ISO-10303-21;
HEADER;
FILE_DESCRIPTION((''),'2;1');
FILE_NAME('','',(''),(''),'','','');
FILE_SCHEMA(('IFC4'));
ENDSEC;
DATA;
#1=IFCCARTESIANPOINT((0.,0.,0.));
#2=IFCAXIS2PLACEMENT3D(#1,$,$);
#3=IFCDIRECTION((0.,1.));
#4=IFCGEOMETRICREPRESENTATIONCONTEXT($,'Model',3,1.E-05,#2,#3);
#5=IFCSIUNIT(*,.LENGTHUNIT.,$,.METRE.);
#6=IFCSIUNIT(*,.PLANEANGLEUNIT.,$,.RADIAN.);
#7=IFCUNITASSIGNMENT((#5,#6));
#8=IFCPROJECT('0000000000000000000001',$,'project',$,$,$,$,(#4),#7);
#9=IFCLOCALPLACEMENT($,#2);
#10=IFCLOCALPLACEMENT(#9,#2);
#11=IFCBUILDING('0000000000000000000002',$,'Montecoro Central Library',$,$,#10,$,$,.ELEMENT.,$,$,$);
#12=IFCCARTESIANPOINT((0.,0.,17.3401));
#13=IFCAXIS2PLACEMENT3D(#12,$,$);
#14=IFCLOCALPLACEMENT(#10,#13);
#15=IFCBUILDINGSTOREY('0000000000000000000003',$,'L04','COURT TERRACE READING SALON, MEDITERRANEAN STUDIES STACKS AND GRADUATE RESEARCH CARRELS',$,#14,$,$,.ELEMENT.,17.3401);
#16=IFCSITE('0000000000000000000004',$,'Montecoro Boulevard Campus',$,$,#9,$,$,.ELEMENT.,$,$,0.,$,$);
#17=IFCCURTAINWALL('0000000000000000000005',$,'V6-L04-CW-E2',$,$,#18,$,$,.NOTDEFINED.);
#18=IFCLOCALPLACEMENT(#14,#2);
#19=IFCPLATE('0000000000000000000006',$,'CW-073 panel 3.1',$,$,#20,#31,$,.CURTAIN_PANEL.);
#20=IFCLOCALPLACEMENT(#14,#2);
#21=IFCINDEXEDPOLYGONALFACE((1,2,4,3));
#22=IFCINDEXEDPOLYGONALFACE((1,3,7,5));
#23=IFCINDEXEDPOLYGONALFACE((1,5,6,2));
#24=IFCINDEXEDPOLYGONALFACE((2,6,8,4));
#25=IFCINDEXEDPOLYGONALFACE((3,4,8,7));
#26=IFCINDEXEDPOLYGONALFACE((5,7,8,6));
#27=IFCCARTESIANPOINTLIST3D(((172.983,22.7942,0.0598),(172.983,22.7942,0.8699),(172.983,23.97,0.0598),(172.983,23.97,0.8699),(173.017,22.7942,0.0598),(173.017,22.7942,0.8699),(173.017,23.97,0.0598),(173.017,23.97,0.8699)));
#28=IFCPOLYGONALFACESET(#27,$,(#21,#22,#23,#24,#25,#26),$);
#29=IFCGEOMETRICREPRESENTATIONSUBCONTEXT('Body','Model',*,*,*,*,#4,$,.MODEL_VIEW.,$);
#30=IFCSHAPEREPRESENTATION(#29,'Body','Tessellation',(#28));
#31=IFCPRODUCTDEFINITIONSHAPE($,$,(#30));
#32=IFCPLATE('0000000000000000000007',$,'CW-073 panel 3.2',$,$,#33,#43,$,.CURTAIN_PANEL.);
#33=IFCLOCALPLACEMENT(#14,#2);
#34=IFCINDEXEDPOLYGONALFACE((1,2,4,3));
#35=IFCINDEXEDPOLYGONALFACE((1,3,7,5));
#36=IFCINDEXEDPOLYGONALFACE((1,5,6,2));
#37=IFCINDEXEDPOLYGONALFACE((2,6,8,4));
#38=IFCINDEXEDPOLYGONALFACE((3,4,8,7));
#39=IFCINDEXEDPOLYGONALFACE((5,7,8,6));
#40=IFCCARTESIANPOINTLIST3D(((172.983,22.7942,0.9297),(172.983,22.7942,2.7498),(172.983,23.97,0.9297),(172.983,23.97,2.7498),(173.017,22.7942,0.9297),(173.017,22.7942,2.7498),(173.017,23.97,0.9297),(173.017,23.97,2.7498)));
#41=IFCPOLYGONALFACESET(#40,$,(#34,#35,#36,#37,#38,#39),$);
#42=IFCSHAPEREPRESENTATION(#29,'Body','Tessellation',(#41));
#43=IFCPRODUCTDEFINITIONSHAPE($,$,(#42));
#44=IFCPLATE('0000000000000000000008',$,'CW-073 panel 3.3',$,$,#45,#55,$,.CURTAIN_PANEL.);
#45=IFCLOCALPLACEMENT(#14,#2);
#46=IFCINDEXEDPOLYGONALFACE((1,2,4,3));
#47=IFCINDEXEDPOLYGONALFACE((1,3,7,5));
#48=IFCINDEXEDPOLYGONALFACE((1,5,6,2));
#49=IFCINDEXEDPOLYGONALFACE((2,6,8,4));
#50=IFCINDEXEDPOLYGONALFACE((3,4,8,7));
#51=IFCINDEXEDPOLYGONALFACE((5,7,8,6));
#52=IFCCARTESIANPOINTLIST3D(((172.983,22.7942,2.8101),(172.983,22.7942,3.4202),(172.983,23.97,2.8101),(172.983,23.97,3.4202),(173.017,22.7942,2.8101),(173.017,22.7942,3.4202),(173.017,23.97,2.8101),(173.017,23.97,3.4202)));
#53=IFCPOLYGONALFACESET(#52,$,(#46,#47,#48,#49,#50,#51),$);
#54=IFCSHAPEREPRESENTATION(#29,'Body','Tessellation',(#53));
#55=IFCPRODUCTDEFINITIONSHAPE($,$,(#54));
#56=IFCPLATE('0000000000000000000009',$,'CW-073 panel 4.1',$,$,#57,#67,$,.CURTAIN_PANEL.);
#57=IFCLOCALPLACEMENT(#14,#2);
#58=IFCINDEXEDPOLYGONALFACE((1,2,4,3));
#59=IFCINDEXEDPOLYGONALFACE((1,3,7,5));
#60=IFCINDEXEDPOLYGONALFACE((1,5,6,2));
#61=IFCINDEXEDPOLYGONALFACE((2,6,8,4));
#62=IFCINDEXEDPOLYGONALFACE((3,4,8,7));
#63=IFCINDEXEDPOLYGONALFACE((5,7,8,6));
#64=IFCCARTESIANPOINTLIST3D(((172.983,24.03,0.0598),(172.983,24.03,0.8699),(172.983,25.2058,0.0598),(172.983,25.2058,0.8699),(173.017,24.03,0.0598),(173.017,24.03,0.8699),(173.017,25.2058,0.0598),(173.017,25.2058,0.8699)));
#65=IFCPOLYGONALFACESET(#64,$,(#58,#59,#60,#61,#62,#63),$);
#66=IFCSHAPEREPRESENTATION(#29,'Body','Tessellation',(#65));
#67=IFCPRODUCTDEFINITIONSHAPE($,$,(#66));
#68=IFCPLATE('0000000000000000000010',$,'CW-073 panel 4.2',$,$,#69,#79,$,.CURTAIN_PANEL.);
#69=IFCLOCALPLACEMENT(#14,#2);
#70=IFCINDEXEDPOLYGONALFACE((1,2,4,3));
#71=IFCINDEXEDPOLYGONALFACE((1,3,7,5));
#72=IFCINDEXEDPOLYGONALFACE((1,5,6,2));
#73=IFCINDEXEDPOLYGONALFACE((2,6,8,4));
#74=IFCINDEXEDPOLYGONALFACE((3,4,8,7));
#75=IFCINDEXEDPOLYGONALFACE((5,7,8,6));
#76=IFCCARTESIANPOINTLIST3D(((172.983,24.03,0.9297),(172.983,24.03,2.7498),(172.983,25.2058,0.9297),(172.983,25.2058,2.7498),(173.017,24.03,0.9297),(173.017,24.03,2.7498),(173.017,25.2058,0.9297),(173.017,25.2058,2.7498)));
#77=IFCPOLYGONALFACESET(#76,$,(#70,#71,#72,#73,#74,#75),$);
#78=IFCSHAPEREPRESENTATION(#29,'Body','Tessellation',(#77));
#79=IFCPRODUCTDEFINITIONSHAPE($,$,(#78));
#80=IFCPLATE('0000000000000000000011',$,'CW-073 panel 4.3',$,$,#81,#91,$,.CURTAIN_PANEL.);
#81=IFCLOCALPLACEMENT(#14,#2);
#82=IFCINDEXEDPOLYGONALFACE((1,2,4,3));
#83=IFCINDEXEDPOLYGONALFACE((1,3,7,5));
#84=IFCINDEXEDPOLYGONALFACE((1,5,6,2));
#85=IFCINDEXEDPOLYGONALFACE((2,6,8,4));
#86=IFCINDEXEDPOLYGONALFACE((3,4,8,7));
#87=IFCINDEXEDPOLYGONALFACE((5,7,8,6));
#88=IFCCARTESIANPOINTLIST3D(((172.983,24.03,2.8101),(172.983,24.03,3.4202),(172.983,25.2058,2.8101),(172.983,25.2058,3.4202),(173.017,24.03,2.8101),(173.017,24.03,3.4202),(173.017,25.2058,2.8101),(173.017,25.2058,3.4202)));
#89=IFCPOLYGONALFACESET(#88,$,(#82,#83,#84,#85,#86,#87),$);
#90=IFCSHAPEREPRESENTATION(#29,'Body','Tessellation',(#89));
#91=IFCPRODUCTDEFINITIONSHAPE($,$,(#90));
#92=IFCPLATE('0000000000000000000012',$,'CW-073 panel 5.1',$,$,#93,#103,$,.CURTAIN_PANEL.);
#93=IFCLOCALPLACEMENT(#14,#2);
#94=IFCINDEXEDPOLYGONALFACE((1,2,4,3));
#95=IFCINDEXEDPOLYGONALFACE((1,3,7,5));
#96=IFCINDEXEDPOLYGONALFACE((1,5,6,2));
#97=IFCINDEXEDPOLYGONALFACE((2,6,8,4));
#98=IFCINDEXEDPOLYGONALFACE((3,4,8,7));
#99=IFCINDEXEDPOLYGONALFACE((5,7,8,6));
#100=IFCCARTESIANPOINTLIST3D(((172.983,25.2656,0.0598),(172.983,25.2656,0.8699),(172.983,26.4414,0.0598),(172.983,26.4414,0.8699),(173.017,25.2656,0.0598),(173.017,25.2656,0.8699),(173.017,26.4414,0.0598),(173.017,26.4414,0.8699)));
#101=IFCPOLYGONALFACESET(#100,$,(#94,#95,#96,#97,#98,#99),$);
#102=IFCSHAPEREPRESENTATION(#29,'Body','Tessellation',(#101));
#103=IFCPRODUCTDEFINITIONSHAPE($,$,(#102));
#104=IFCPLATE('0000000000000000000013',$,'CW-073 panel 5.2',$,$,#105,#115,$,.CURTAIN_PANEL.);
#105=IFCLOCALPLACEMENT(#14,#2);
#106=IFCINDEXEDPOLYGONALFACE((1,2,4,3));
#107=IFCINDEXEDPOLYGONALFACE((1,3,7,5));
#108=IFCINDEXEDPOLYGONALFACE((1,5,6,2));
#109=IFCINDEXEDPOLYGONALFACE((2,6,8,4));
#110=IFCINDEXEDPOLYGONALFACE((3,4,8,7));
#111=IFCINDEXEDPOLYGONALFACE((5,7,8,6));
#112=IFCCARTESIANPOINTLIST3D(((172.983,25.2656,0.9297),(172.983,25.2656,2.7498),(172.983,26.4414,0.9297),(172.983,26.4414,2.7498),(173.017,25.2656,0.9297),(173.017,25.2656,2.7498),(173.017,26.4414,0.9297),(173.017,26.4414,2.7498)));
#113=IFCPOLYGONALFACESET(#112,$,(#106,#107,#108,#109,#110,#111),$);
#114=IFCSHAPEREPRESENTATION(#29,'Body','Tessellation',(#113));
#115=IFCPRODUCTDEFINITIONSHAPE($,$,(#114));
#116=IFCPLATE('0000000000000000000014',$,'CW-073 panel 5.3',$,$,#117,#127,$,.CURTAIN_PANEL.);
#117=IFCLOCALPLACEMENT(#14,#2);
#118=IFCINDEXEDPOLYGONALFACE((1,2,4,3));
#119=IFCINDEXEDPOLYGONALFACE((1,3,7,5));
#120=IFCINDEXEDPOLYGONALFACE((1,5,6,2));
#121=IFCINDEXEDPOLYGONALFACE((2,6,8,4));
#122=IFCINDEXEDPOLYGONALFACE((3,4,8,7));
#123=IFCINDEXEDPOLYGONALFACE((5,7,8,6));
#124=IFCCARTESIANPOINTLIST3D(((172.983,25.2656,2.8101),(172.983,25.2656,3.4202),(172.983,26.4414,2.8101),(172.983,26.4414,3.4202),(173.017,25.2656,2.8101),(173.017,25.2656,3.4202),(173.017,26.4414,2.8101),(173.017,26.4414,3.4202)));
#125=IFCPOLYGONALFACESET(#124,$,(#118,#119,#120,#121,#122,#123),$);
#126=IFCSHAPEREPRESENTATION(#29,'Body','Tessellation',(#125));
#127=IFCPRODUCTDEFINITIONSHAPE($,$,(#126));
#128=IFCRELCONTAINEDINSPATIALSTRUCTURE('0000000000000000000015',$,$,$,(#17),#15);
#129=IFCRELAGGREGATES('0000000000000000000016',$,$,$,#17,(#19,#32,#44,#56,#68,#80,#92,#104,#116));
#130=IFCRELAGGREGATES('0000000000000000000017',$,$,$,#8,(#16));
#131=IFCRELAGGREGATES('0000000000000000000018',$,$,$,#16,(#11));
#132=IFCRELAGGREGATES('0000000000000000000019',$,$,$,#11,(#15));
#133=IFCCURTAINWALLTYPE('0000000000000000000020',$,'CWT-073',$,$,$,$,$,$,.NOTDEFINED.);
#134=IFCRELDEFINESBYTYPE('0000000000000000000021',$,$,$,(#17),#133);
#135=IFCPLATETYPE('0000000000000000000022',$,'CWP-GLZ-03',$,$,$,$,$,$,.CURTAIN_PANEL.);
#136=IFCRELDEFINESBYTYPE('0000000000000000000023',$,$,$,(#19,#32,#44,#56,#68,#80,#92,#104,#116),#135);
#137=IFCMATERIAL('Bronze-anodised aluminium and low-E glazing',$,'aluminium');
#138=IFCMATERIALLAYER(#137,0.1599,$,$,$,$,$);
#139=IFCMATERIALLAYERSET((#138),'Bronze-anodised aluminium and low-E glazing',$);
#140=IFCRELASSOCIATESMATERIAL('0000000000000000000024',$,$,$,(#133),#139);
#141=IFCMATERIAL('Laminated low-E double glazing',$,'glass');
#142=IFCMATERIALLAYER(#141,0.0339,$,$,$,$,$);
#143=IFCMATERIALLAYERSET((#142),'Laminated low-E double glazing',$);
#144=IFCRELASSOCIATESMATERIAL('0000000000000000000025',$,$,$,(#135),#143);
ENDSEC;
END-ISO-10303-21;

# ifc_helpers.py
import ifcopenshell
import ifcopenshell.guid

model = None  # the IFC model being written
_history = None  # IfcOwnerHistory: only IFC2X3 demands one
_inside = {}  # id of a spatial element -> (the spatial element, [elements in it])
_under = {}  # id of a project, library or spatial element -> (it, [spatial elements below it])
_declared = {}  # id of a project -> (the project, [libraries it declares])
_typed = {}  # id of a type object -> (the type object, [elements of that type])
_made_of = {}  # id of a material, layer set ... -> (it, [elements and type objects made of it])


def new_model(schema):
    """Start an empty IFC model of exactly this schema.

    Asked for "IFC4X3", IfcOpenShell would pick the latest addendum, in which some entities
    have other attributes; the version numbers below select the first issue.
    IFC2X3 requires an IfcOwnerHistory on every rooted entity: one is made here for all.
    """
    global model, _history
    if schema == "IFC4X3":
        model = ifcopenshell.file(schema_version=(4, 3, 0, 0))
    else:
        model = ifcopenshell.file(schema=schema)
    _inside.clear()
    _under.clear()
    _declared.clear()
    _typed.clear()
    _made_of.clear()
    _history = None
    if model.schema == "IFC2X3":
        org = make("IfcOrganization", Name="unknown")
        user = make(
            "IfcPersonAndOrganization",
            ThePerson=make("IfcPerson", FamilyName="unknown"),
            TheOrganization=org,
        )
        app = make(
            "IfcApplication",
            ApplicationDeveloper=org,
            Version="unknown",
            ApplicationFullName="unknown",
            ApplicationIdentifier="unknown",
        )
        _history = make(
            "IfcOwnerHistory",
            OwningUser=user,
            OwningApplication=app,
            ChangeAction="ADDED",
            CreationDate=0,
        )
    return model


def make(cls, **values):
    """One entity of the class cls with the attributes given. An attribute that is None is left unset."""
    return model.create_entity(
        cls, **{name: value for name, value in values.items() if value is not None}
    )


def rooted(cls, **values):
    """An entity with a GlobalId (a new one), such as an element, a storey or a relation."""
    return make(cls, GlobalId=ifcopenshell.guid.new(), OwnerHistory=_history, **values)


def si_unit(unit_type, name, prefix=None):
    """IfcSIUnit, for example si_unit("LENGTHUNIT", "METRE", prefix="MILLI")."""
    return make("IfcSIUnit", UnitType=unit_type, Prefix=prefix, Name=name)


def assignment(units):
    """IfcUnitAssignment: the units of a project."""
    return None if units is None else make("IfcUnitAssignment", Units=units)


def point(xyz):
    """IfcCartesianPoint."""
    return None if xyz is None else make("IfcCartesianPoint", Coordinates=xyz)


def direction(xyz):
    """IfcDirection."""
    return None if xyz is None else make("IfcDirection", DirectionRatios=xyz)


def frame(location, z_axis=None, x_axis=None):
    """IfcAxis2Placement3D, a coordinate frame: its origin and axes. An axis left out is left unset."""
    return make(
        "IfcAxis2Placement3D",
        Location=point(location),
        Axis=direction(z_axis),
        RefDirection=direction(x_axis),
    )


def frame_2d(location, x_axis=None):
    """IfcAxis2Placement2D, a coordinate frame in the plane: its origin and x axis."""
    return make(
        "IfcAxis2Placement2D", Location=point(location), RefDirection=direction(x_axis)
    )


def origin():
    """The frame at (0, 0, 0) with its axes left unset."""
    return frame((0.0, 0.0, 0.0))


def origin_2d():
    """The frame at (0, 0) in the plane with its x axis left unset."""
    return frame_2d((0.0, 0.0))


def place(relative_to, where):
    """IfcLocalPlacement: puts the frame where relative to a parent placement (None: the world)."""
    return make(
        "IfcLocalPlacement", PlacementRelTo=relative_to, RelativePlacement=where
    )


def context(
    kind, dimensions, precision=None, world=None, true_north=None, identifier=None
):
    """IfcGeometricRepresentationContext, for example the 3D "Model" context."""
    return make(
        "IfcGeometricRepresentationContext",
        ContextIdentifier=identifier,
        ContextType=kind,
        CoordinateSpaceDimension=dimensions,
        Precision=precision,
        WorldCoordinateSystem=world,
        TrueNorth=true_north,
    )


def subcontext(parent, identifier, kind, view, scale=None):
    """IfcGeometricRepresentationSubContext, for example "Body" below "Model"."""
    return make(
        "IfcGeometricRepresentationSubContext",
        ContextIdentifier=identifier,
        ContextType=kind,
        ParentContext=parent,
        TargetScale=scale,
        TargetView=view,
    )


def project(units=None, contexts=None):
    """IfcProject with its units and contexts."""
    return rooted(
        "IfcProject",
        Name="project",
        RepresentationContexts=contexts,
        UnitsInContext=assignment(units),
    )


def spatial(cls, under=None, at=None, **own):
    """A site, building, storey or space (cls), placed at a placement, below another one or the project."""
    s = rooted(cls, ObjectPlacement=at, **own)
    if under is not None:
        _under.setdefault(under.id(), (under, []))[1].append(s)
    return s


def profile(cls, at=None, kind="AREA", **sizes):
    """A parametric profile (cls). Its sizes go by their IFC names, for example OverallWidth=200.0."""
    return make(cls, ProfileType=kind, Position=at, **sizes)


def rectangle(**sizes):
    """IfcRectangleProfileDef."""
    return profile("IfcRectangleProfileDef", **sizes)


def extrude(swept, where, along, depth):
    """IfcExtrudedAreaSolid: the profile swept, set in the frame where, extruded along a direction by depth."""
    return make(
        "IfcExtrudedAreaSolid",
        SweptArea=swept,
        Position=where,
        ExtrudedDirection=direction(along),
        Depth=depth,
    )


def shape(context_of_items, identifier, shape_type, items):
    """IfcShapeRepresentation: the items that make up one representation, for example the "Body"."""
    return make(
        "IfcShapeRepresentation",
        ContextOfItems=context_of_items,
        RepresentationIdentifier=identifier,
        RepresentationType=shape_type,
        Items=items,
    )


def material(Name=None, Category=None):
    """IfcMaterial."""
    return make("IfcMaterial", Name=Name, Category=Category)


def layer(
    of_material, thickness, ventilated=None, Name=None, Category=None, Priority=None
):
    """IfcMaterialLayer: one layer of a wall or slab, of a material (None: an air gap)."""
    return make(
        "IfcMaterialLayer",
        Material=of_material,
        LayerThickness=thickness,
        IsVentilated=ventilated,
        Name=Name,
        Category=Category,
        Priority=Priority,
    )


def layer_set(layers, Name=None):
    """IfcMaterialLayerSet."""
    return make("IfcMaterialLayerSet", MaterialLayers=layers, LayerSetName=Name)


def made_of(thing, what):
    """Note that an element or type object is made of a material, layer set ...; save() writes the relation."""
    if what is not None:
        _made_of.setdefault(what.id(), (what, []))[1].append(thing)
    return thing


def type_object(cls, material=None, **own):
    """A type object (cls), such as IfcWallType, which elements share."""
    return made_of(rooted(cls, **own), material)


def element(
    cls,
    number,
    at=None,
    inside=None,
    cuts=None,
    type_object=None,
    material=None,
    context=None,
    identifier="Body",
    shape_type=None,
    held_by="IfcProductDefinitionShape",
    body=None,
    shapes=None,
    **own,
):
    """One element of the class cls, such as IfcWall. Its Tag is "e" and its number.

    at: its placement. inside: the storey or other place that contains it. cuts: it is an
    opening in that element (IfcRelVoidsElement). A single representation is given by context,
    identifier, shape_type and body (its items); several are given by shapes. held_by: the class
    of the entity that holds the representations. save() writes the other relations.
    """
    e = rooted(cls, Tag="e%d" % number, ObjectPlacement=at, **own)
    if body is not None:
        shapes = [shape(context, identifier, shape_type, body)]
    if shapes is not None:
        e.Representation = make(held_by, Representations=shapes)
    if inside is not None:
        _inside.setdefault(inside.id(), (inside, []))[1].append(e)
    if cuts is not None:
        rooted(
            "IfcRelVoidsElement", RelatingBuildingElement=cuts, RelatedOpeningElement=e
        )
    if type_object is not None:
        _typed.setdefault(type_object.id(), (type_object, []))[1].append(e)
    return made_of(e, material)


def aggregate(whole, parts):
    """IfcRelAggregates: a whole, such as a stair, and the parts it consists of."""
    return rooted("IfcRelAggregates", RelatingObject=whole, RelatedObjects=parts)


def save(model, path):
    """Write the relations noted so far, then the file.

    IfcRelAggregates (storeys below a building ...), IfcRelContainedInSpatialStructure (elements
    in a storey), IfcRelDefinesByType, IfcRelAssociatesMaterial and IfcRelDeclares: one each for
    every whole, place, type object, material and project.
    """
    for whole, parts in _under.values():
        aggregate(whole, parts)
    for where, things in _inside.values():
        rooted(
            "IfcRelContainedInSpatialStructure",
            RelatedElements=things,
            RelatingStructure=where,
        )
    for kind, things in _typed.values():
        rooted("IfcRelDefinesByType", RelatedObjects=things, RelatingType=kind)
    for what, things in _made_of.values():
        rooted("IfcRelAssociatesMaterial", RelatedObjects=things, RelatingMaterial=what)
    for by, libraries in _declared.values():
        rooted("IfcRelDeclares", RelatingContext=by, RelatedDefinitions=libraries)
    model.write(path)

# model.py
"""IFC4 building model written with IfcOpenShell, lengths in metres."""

from ifc_helpers import new_model, si_unit, direction, frame, origin, origin_2d, place, context, subcontext, project, spatial, rectangle, extrude, material, layer, layer_set, type_object, element, aggregate, save


model = new_model("IFC4")

# Units and contexts
model_context = context("Model", 3, precision=1e-05, world=origin(), true_north=direction((0.0, 1.0)))
body_context = subcontext(model_context, "Body", "Model", "MODEL_VIEW")
ifc_project = project(units=[si_unit("LENGTHUNIT", "METRE"), si_unit("PLANEANGLEUNIT", "RADIAN")], contexts=[model_context])

# Site, building, storey
site_placement = place(None, origin())
site = spatial("IfcSite", under=ifc_project, at=site_placement, Name="Montecoro Boulevard Campus", CompositionType="ELEMENT", RefElevation=0.0)
building_placement = place(site_placement, origin())
building = spatial("IfcBuilding", under=site, at=building_placement, Name="Montecoro Central Library", CompositionType="ELEMENT")
storey_placement = place(building_placement, frame((0.0, 0.0, 17.3401)))
storey = spatial("IfcBuildingStorey", under=building, at=storey_placement, Name="L04", Description="COURT TERRACE READING SALON, MEDITERRANEAN STUDIES STACKS AND GRADUATE RESEARCH CARRELS", CompositionType="ELEMENT", Elevation=17.3401)

# Curtain wall, plates
ifc_material_1 = material(Name="Bronze-anodised aluminium and low-E glazing", Category="aluminium")
ifc_layer_1 = layer(ifc_material_1, 0.1599)
ifc_layer_set_1 = layer_set([ifc_layer_1], Name="Bronze-anodised aluminium and low-E glazing")
curtain_wall_type = type_object("IfcCurtainWallType", Name="CWT-073", PredefinedType="NOTDEFINED", material=ifc_layer_set_1)
curtain_wall_placement = place(storey_placement, origin())
curtain_wall = element("IfcCurtainWall", 1, at=curtain_wall_placement, inside=storey, type_object=curtain_wall_type, Name="V6-L04-CW-E2", PredefinedType="NOTDEFINED")
ifc_material_2 = material(Name="Laminated low-E double glazing", Category="glass")
ifc_layer_2 = layer(ifc_material_2, 0.0339)
ifc_layer_set_2 = layer_set([ifc_layer_2], Name="Laminated low-E double glazing")
plate_type = type_object("IfcPlateType", Name="CWP-GLZ-03", PredefinedType="CURTAIN_PANEL", material=ifc_layer_set_2)
plate_1_placement = place(storey_placement, frame((173.0, 23.3821, 0.0598), z_axis=(0.0, 0.0, 1.0), x_axis=(0.0, 1.0, 0.0)))
plate_1 = element("IfcPlate", 2, at=plate_1_placement, type_object=plate_type, Name="CW-073 panel 3.1", PredefinedType="CURTAIN_PANEL", context=body_context, shape_type="SweptSolid", body=[
    extrude(rectangle(XDim=1.1758, YDim=0.0339, at=origin_2d()), origin(), (0.0, 0.0, 1.0), 0.8101),
])
plate_2_placement = place(storey_placement, frame((173.0, 23.3821, 0.9297), z_axis=(0.0, 0.0, 1.0), x_axis=(0.0, 1.0, 0.0)))
plate_2 = element("IfcPlate", 3, at=plate_2_placement, type_object=plate_type, Name="CW-073 panel 3.2", PredefinedType="CURTAIN_PANEL", context=body_context, shape_type="SweptSolid", body=[
    extrude(rectangle(XDim=1.1758, YDim=0.0339, at=origin_2d()), origin(), (0.0, 0.0, 1.0), 1.8201),
])
plate_3_placement = place(storey_placement, frame((173.0, 23.3821, 2.8101), z_axis=(0.0, 0.0, 1.0), x_axis=(0.0, 1.0, 0.0)))
plate_3 = element("IfcPlate", 4, at=plate_3_placement, type_object=plate_type, Name="CW-073 panel 3.3", PredefinedType="CURTAIN_PANEL", context=body_context, shape_type="SweptSolid", body=[
    extrude(rectangle(XDim=1.1758, YDim=0.0339, at=origin_2d()), origin(), (0.0, 0.0, 1.0), 0.6101),
])
plate_4_placement = place(storey_placement, frame((173.0, 24.6179, 0.0598), z_axis=(0.0, 0.0, 1.0), x_axis=(0.0, 1.0, 0.0)))
plate_4 = element("IfcPlate", 5, at=plate_4_placement, type_object=plate_type, Name="CW-073 panel 4.1", PredefinedType="CURTAIN_PANEL", context=body_context, shape_type="SweptSolid", body=[
    extrude(rectangle(XDim=1.1758, YDim=0.0339, at=origin_2d()), origin(), (0.0, 0.0, 1.0), 0.8101),
])
plate_5_placement = place(storey_placement, frame((173.0, 24.6179, 0.9297), z_axis=(0.0, 0.0, 1.0), x_axis=(0.0, 1.0, 0.0)))
plate_5 = element("IfcPlate", 6, at=plate_5_placement, type_object=plate_type, Name="CW-073 panel 4.2", PredefinedType="CURTAIN_PANEL", context=body_context, shape_type="SweptSolid", body=[
    extrude(rectangle(XDim=1.1758, YDim=0.0339, at=origin_2d()), origin(), (0.0, 0.0, 1.0), 1.8201),
])
plate_6_placement = place(storey_placement, frame((173.0, 24.6179, 2.8101), z_axis=(0.0, 0.0, 1.0), x_axis=(0.0, 1.0, 0.0)))
plate_6 = element("IfcPlate", 7, at=plate_6_placement, type_object=plate_type, Name="CW-073 panel 4.3", PredefinedType="CURTAIN_PANEL", context=body_context, shape_type="SweptSolid", body=[
    extrude(rectangle(XDim=1.1758, YDim=0.0339, at=origin_2d()), origin(), (0.0, 0.0, 1.0), 0.6101),
])
plate_7_placement = place(storey_placement, frame((173.0, 25.8535, 0.0598), z_axis=(0.0, 0.0, 1.0), x_axis=(0.0, 1.0, 0.0)))
plate_7 = element("IfcPlate", 8, at=plate_7_placement, type_object=plate_type, Name="CW-073 panel 5.1", PredefinedType="CURTAIN_PANEL", context=body_context, shape_type="SweptSolid", body=[
    extrude(rectangle(XDim=1.1758, YDim=0.0339, at=origin_2d()), origin(), (0.0, 0.0, 1.0), 0.8101),
])
plate_8_placement = place(storey_placement, frame((173.0, 25.8535, 0.9297), z_axis=(0.0, 0.0, 1.0), x_axis=(0.0, 1.0, 0.0)))
plate_8 = element("IfcPlate", 9, at=plate_8_placement, type_object=plate_type, Name="CW-073 panel 5.2", PredefinedType="CURTAIN_PANEL", context=body_context, shape_type="SweptSolid", body=[
    extrude(rectangle(XDim=1.1758, YDim=0.0339, at=origin_2d()), origin(), (0.0, 0.0, 1.0), 1.8201),
])
plate_9_placement = place(storey_placement, frame((173.0, 25.8535, 2.8101), z_axis=(0.0, 0.0, 1.0), x_axis=(0.0, 1.0, 0.0)))
plate_9 = element("IfcPlate", 10, at=plate_9_placement, type_object=plate_type, Name="CW-073 panel 5.3", PredefinedType="CURTAIN_PANEL", context=body_context, shape_type="SweptSolid", body=[
    extrude(rectangle(XDim=1.1758, YDim=0.0339, at=origin_2d()), origin(), (0.0, 0.0, 1.0), 0.6101),
])
aggregate(curtain_wall, [plate_1, plate_2, plate_3, plate_4, plate_5, plate_6, plate_7, plate_8, plate_9])

save(model, "model.ifc")
